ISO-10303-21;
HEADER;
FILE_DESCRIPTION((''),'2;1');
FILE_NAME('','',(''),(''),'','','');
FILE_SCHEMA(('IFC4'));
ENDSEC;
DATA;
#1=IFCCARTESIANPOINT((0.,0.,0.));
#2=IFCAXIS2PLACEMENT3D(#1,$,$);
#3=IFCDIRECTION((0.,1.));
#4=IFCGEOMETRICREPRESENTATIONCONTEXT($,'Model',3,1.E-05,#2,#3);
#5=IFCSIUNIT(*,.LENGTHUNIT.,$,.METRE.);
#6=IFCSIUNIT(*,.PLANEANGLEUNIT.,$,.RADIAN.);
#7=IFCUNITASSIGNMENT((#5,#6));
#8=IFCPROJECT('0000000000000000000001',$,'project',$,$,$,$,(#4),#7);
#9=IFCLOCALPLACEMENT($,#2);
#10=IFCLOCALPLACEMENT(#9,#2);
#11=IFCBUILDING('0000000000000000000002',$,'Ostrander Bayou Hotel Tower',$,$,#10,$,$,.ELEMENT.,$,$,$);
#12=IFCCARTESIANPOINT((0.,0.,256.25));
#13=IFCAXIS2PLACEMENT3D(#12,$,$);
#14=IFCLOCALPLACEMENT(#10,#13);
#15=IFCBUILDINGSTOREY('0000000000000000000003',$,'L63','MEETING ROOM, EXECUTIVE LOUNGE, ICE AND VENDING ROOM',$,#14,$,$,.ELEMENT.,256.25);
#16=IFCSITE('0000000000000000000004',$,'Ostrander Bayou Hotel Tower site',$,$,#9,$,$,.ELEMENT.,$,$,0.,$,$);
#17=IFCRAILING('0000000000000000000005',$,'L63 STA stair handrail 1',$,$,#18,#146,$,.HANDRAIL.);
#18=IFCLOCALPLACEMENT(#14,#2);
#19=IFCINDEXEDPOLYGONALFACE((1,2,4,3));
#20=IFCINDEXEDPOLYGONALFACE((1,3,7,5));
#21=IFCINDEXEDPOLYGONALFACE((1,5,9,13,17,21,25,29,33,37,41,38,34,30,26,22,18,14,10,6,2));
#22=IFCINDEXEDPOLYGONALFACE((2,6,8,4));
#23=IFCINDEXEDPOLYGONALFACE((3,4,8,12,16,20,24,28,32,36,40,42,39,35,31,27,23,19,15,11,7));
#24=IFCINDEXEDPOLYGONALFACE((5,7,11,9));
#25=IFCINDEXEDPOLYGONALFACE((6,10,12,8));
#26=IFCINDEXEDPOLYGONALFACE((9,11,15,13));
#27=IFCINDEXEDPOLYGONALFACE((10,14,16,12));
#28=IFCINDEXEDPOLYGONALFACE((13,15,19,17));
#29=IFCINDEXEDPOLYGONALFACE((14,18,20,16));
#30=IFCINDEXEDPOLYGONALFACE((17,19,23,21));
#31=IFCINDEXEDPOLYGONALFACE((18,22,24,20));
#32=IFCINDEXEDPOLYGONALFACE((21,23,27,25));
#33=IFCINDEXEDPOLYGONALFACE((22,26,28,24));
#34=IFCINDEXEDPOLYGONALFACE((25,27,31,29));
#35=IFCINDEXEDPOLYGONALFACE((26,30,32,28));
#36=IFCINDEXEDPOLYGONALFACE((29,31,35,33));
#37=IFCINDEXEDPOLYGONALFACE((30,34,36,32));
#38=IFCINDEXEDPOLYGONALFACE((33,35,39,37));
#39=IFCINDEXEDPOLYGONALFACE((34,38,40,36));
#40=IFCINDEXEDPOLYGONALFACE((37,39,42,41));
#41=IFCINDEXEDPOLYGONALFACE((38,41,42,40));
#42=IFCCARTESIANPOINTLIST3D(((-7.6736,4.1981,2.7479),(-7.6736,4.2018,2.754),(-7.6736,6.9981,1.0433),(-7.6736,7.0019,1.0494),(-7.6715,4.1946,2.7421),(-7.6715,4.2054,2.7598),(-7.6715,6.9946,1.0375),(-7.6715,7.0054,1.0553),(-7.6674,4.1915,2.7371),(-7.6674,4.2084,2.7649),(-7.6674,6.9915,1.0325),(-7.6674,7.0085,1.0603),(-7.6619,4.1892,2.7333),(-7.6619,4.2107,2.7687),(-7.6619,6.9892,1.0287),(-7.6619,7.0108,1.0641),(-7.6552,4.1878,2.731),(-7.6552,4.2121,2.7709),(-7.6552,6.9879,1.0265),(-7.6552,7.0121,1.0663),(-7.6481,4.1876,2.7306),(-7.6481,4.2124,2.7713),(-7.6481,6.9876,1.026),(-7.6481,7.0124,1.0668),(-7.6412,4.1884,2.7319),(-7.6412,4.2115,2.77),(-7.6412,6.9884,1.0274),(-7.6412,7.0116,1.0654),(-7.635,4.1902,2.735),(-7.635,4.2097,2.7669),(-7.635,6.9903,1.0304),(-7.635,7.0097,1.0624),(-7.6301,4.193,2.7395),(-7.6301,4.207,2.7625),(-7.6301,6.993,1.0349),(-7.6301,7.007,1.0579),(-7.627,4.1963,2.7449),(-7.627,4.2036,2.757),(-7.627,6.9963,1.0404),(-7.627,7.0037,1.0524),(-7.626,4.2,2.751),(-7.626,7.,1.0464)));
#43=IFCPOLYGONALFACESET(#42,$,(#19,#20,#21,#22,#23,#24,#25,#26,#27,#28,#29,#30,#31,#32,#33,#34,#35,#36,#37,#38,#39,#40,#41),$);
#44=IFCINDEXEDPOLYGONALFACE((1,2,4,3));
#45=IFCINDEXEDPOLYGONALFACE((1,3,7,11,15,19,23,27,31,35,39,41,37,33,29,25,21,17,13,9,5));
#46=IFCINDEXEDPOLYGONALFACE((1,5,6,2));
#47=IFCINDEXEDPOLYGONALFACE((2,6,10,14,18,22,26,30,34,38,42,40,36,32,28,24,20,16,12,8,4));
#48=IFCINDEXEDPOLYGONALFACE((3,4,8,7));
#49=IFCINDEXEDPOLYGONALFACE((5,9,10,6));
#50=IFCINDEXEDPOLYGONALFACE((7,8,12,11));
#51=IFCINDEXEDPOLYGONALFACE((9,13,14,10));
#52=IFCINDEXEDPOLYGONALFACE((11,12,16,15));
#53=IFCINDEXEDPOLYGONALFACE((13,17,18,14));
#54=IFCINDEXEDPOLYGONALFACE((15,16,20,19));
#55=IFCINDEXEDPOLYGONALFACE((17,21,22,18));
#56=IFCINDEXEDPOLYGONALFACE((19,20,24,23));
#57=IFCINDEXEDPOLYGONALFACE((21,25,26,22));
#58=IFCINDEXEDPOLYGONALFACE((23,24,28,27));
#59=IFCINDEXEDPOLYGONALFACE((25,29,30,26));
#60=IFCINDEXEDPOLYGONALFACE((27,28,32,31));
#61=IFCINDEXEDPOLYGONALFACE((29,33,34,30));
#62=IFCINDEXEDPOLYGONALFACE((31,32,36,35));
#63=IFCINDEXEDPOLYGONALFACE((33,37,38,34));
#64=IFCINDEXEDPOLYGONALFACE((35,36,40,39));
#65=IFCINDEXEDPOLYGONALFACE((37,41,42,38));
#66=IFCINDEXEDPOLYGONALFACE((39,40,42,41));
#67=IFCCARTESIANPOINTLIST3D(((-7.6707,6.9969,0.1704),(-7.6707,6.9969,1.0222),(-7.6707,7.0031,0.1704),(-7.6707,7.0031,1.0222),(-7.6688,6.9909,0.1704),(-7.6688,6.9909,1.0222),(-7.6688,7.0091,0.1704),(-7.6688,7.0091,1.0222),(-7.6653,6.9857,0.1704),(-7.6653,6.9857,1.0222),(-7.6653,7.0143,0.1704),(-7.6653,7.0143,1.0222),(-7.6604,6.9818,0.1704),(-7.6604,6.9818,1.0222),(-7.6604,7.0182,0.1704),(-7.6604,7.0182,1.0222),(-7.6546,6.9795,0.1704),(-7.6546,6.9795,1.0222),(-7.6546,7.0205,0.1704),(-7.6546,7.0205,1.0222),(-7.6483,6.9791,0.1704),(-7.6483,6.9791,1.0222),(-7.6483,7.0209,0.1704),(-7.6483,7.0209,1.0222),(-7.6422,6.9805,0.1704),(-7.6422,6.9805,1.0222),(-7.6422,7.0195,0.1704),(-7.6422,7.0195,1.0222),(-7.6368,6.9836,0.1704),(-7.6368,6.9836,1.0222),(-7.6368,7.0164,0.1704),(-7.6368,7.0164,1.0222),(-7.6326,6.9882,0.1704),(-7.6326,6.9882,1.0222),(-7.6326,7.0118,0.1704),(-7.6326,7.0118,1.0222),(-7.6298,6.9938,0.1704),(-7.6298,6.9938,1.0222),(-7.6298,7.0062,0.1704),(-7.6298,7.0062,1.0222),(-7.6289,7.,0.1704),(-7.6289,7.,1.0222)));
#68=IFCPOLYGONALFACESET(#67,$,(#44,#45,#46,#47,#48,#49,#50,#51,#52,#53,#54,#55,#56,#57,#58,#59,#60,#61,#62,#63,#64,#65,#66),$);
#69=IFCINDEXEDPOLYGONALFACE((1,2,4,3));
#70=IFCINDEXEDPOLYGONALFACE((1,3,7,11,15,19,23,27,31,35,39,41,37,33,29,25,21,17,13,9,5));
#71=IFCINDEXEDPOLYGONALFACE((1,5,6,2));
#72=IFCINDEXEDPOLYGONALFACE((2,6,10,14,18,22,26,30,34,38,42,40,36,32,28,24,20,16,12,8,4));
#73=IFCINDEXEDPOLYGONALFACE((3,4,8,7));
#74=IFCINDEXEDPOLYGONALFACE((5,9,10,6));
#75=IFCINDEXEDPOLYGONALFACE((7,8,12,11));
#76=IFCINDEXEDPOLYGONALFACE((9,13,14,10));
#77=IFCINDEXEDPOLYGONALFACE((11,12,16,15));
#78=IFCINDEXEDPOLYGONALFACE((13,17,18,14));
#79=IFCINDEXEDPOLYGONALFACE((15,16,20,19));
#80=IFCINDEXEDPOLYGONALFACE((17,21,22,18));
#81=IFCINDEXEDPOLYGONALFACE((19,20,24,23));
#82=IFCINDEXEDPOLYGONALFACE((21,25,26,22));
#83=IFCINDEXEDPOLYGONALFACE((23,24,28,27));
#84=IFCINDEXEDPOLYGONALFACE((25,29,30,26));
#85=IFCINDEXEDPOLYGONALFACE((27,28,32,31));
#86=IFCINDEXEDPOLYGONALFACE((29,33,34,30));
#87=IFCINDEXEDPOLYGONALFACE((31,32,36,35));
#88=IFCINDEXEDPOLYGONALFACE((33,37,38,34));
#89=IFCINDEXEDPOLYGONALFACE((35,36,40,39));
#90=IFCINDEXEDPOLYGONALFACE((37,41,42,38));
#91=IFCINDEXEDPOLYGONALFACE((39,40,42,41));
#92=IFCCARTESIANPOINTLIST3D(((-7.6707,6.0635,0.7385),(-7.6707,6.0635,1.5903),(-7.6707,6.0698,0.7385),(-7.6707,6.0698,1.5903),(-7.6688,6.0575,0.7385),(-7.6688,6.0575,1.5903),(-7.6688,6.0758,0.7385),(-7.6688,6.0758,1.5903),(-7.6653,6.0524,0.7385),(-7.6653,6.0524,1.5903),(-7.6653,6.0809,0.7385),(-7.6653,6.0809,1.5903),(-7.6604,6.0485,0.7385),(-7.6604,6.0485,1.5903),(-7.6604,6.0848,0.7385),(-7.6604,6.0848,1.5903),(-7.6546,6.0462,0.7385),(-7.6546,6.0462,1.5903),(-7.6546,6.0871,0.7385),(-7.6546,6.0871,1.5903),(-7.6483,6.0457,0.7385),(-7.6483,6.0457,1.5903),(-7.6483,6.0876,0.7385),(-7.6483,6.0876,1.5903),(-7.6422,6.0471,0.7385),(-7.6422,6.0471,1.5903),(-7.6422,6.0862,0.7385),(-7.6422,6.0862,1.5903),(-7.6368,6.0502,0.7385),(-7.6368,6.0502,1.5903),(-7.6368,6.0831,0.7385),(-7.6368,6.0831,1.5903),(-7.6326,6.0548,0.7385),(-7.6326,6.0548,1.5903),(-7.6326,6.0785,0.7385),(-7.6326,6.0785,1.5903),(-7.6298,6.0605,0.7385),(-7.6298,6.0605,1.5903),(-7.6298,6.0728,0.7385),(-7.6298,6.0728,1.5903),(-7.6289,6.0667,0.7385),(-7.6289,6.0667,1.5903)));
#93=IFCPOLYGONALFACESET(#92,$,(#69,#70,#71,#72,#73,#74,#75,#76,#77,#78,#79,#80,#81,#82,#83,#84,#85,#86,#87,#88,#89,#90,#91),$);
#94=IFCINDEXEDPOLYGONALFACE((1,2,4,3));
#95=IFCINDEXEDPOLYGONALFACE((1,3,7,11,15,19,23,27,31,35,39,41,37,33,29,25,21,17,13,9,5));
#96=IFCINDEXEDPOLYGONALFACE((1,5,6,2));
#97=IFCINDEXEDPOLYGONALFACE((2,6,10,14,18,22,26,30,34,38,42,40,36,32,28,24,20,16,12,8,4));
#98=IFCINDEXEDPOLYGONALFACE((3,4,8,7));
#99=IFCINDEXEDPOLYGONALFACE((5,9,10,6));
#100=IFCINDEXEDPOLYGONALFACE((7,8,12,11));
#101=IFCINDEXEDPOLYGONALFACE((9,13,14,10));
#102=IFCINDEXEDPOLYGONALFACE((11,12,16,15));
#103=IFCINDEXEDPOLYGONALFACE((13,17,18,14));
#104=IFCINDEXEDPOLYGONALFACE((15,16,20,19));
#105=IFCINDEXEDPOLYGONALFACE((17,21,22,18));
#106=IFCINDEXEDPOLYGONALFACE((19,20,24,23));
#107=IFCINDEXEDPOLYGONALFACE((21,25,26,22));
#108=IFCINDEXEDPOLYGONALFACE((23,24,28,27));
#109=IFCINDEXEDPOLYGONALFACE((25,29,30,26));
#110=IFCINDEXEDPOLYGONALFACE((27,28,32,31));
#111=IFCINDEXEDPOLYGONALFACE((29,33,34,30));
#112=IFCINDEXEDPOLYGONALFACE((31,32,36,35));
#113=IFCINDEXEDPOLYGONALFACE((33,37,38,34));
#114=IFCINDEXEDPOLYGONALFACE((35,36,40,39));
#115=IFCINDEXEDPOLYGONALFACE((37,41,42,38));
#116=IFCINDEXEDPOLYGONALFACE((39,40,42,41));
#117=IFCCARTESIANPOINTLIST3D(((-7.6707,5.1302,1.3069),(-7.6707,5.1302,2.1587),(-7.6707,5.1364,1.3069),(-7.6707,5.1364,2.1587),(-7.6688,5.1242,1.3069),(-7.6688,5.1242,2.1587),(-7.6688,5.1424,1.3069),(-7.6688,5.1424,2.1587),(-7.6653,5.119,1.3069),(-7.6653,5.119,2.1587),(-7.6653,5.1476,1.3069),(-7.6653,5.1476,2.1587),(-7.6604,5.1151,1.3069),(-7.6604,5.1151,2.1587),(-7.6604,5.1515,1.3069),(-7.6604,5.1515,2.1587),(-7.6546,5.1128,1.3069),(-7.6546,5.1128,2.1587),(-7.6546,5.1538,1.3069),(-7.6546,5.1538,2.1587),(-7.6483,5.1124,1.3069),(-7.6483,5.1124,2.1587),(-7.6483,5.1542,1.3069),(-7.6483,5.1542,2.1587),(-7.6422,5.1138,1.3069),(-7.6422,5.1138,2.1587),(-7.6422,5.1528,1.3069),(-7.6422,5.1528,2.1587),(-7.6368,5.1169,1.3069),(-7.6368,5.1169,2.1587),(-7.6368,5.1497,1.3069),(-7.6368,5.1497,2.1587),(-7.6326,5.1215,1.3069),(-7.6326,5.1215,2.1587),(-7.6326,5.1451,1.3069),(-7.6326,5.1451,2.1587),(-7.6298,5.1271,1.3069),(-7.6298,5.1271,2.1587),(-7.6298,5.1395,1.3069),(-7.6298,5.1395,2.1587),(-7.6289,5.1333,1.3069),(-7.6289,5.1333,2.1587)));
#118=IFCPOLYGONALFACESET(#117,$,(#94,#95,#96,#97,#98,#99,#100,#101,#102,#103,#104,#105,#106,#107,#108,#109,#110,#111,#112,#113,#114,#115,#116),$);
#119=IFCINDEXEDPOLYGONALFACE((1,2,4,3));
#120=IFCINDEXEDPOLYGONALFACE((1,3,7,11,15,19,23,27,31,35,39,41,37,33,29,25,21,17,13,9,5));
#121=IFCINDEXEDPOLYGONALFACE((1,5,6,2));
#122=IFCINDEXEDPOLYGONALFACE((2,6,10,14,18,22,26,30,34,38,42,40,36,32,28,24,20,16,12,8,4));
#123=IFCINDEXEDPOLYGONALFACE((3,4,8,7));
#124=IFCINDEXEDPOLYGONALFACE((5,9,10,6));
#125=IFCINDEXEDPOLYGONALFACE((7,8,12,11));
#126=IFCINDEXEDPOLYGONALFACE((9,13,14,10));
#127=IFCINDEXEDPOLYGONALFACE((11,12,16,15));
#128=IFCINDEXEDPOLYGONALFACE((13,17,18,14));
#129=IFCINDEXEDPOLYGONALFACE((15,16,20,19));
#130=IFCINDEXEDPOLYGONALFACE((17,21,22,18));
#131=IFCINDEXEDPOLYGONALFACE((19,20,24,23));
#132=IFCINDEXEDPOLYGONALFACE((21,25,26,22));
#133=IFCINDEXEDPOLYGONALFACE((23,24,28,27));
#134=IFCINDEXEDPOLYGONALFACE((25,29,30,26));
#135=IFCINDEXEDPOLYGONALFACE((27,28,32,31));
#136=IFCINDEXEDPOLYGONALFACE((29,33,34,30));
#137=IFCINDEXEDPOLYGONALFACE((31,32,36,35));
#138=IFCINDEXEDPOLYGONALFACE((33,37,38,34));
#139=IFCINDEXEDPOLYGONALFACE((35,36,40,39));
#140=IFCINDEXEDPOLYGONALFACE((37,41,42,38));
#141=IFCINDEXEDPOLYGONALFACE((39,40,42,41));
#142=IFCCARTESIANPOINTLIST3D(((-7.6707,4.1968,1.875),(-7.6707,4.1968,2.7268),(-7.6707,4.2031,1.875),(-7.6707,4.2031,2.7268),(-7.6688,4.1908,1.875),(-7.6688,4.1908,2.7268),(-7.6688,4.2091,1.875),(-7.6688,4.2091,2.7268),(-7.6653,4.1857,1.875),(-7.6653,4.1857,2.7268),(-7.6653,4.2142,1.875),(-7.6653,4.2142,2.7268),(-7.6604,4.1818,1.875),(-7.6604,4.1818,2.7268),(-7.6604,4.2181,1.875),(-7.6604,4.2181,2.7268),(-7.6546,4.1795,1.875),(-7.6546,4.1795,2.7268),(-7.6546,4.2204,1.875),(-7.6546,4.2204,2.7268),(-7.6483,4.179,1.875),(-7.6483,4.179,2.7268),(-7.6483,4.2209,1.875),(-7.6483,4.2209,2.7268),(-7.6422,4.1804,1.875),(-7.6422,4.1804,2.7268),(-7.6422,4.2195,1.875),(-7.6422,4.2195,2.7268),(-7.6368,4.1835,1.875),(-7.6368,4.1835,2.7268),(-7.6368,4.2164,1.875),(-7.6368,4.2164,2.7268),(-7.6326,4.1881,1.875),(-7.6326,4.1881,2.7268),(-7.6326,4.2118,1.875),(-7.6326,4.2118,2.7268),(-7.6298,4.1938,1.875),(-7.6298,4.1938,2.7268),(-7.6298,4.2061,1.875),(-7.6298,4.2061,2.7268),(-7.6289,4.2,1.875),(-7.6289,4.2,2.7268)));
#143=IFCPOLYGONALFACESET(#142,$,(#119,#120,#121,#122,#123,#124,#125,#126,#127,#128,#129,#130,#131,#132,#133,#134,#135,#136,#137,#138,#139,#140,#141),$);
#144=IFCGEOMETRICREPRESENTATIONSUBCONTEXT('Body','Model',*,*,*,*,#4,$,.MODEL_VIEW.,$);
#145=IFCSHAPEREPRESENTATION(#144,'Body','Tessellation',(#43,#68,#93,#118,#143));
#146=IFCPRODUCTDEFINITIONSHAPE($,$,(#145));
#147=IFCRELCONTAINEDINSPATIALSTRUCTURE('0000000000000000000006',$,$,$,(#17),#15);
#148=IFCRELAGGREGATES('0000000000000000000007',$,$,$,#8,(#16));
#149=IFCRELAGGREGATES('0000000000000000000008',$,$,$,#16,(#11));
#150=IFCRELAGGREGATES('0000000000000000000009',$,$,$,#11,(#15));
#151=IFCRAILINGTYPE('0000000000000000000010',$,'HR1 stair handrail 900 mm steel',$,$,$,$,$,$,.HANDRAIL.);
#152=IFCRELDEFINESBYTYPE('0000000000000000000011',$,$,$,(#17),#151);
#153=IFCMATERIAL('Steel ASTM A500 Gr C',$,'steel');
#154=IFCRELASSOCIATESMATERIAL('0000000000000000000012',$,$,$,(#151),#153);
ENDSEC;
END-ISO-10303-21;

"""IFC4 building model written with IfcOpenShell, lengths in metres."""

from ifc_helpers import new_model, si_unit, direction, frame, origin, origin_2d, place, context, subcontext, project, spatial, circle, extrude, material, type_object, element, save


model = new_model("IFC4")

# Units and contexts
model_context = context("Model", 3, precision=1e-05, world=origin(), true_north=direction((0.0, 1.0)))
body_context = subcontext(model_context, "Body", "Model", "MODEL_VIEW")
ifc_project = project(units=[si_unit("LENGTHUNIT", "METRE"), si_unit("PLANEANGLEUNIT", "RADIAN")], contexts=[model_context])

# Site, building, storey
site_placement = place(None, origin())
site = spatial("IfcSite", under=ifc_project, at=site_placement, Name="Ostrander Bayou Hotel Tower site", CompositionType="ELEMENT", RefElevation=0.0)
building_placement = place(site_placement, origin())
building = spatial("IfcBuilding", under=site, at=building_placement, Name="Ostrander Bayou Hotel Tower", CompositionType="ELEMENT")
storey_placement = place(building_placement, frame((0.0, 0.0, 256.25)))
storey = spatial("IfcBuildingStorey", under=building, at=storey_placement, Name="L63", Description="MEETING ROOM, EXECUTIVE LOUNGE, ICE AND VENDING ROOM", CompositionType="ELEMENT", Elevation=256.25)

# Railing
ifc_material_1 = material(Name="Steel ASTM A500 Gr C", Category="steel")
railing_type_1 = type_object("IfcRailingType", Name="HR1 stair handrail 900 mm steel", PredefinedType="HANDRAIL", material=ifc_material_1)
railing_1_placement = place(storey_placement, frame((-7.6499, 7.0, 0.1704)))
element("IfcRailing", 1, at=railing_1_placement, inside=storey, type_object=railing_type_1, Name="L63 STA stair handrail 1", PredefinedType="HANDRAIL", context=body_context, shape_type="SweptSolid", body=[
    extrude(circle(Radius=0.0239, at=origin_2d()), frame((0.0, 0.0, 0.876), z_axis=(0.0, -0.85417, 0.519994), x_axis=(1.0, 0.0, 0.0)), (0.0, 0.0, 1.0), 3.2781),
    extrude(circle(Radius=0.021, at=origin_2d()), origin(), (0.0, 0.0, 1.0), 0.8518),
    extrude(circle(Radius=0.021, at=origin_2d()), frame((0.0, -0.9333, 0.5681)), (0.0, 0.0, 1.0), 0.8518),
    extrude(circle(Radius=0.021, at=origin_2d()), frame((0.0, -1.8667, 1.1365)), (0.0, 0.0, 1.0), 0.8518),
    extrude(circle(Radius=0.021, at=origin_2d()), frame((0.0, -2.8, 1.7046)), (0.0, 0.0, 1.0), 0.8518),
])

save(model, "model.ifc")
